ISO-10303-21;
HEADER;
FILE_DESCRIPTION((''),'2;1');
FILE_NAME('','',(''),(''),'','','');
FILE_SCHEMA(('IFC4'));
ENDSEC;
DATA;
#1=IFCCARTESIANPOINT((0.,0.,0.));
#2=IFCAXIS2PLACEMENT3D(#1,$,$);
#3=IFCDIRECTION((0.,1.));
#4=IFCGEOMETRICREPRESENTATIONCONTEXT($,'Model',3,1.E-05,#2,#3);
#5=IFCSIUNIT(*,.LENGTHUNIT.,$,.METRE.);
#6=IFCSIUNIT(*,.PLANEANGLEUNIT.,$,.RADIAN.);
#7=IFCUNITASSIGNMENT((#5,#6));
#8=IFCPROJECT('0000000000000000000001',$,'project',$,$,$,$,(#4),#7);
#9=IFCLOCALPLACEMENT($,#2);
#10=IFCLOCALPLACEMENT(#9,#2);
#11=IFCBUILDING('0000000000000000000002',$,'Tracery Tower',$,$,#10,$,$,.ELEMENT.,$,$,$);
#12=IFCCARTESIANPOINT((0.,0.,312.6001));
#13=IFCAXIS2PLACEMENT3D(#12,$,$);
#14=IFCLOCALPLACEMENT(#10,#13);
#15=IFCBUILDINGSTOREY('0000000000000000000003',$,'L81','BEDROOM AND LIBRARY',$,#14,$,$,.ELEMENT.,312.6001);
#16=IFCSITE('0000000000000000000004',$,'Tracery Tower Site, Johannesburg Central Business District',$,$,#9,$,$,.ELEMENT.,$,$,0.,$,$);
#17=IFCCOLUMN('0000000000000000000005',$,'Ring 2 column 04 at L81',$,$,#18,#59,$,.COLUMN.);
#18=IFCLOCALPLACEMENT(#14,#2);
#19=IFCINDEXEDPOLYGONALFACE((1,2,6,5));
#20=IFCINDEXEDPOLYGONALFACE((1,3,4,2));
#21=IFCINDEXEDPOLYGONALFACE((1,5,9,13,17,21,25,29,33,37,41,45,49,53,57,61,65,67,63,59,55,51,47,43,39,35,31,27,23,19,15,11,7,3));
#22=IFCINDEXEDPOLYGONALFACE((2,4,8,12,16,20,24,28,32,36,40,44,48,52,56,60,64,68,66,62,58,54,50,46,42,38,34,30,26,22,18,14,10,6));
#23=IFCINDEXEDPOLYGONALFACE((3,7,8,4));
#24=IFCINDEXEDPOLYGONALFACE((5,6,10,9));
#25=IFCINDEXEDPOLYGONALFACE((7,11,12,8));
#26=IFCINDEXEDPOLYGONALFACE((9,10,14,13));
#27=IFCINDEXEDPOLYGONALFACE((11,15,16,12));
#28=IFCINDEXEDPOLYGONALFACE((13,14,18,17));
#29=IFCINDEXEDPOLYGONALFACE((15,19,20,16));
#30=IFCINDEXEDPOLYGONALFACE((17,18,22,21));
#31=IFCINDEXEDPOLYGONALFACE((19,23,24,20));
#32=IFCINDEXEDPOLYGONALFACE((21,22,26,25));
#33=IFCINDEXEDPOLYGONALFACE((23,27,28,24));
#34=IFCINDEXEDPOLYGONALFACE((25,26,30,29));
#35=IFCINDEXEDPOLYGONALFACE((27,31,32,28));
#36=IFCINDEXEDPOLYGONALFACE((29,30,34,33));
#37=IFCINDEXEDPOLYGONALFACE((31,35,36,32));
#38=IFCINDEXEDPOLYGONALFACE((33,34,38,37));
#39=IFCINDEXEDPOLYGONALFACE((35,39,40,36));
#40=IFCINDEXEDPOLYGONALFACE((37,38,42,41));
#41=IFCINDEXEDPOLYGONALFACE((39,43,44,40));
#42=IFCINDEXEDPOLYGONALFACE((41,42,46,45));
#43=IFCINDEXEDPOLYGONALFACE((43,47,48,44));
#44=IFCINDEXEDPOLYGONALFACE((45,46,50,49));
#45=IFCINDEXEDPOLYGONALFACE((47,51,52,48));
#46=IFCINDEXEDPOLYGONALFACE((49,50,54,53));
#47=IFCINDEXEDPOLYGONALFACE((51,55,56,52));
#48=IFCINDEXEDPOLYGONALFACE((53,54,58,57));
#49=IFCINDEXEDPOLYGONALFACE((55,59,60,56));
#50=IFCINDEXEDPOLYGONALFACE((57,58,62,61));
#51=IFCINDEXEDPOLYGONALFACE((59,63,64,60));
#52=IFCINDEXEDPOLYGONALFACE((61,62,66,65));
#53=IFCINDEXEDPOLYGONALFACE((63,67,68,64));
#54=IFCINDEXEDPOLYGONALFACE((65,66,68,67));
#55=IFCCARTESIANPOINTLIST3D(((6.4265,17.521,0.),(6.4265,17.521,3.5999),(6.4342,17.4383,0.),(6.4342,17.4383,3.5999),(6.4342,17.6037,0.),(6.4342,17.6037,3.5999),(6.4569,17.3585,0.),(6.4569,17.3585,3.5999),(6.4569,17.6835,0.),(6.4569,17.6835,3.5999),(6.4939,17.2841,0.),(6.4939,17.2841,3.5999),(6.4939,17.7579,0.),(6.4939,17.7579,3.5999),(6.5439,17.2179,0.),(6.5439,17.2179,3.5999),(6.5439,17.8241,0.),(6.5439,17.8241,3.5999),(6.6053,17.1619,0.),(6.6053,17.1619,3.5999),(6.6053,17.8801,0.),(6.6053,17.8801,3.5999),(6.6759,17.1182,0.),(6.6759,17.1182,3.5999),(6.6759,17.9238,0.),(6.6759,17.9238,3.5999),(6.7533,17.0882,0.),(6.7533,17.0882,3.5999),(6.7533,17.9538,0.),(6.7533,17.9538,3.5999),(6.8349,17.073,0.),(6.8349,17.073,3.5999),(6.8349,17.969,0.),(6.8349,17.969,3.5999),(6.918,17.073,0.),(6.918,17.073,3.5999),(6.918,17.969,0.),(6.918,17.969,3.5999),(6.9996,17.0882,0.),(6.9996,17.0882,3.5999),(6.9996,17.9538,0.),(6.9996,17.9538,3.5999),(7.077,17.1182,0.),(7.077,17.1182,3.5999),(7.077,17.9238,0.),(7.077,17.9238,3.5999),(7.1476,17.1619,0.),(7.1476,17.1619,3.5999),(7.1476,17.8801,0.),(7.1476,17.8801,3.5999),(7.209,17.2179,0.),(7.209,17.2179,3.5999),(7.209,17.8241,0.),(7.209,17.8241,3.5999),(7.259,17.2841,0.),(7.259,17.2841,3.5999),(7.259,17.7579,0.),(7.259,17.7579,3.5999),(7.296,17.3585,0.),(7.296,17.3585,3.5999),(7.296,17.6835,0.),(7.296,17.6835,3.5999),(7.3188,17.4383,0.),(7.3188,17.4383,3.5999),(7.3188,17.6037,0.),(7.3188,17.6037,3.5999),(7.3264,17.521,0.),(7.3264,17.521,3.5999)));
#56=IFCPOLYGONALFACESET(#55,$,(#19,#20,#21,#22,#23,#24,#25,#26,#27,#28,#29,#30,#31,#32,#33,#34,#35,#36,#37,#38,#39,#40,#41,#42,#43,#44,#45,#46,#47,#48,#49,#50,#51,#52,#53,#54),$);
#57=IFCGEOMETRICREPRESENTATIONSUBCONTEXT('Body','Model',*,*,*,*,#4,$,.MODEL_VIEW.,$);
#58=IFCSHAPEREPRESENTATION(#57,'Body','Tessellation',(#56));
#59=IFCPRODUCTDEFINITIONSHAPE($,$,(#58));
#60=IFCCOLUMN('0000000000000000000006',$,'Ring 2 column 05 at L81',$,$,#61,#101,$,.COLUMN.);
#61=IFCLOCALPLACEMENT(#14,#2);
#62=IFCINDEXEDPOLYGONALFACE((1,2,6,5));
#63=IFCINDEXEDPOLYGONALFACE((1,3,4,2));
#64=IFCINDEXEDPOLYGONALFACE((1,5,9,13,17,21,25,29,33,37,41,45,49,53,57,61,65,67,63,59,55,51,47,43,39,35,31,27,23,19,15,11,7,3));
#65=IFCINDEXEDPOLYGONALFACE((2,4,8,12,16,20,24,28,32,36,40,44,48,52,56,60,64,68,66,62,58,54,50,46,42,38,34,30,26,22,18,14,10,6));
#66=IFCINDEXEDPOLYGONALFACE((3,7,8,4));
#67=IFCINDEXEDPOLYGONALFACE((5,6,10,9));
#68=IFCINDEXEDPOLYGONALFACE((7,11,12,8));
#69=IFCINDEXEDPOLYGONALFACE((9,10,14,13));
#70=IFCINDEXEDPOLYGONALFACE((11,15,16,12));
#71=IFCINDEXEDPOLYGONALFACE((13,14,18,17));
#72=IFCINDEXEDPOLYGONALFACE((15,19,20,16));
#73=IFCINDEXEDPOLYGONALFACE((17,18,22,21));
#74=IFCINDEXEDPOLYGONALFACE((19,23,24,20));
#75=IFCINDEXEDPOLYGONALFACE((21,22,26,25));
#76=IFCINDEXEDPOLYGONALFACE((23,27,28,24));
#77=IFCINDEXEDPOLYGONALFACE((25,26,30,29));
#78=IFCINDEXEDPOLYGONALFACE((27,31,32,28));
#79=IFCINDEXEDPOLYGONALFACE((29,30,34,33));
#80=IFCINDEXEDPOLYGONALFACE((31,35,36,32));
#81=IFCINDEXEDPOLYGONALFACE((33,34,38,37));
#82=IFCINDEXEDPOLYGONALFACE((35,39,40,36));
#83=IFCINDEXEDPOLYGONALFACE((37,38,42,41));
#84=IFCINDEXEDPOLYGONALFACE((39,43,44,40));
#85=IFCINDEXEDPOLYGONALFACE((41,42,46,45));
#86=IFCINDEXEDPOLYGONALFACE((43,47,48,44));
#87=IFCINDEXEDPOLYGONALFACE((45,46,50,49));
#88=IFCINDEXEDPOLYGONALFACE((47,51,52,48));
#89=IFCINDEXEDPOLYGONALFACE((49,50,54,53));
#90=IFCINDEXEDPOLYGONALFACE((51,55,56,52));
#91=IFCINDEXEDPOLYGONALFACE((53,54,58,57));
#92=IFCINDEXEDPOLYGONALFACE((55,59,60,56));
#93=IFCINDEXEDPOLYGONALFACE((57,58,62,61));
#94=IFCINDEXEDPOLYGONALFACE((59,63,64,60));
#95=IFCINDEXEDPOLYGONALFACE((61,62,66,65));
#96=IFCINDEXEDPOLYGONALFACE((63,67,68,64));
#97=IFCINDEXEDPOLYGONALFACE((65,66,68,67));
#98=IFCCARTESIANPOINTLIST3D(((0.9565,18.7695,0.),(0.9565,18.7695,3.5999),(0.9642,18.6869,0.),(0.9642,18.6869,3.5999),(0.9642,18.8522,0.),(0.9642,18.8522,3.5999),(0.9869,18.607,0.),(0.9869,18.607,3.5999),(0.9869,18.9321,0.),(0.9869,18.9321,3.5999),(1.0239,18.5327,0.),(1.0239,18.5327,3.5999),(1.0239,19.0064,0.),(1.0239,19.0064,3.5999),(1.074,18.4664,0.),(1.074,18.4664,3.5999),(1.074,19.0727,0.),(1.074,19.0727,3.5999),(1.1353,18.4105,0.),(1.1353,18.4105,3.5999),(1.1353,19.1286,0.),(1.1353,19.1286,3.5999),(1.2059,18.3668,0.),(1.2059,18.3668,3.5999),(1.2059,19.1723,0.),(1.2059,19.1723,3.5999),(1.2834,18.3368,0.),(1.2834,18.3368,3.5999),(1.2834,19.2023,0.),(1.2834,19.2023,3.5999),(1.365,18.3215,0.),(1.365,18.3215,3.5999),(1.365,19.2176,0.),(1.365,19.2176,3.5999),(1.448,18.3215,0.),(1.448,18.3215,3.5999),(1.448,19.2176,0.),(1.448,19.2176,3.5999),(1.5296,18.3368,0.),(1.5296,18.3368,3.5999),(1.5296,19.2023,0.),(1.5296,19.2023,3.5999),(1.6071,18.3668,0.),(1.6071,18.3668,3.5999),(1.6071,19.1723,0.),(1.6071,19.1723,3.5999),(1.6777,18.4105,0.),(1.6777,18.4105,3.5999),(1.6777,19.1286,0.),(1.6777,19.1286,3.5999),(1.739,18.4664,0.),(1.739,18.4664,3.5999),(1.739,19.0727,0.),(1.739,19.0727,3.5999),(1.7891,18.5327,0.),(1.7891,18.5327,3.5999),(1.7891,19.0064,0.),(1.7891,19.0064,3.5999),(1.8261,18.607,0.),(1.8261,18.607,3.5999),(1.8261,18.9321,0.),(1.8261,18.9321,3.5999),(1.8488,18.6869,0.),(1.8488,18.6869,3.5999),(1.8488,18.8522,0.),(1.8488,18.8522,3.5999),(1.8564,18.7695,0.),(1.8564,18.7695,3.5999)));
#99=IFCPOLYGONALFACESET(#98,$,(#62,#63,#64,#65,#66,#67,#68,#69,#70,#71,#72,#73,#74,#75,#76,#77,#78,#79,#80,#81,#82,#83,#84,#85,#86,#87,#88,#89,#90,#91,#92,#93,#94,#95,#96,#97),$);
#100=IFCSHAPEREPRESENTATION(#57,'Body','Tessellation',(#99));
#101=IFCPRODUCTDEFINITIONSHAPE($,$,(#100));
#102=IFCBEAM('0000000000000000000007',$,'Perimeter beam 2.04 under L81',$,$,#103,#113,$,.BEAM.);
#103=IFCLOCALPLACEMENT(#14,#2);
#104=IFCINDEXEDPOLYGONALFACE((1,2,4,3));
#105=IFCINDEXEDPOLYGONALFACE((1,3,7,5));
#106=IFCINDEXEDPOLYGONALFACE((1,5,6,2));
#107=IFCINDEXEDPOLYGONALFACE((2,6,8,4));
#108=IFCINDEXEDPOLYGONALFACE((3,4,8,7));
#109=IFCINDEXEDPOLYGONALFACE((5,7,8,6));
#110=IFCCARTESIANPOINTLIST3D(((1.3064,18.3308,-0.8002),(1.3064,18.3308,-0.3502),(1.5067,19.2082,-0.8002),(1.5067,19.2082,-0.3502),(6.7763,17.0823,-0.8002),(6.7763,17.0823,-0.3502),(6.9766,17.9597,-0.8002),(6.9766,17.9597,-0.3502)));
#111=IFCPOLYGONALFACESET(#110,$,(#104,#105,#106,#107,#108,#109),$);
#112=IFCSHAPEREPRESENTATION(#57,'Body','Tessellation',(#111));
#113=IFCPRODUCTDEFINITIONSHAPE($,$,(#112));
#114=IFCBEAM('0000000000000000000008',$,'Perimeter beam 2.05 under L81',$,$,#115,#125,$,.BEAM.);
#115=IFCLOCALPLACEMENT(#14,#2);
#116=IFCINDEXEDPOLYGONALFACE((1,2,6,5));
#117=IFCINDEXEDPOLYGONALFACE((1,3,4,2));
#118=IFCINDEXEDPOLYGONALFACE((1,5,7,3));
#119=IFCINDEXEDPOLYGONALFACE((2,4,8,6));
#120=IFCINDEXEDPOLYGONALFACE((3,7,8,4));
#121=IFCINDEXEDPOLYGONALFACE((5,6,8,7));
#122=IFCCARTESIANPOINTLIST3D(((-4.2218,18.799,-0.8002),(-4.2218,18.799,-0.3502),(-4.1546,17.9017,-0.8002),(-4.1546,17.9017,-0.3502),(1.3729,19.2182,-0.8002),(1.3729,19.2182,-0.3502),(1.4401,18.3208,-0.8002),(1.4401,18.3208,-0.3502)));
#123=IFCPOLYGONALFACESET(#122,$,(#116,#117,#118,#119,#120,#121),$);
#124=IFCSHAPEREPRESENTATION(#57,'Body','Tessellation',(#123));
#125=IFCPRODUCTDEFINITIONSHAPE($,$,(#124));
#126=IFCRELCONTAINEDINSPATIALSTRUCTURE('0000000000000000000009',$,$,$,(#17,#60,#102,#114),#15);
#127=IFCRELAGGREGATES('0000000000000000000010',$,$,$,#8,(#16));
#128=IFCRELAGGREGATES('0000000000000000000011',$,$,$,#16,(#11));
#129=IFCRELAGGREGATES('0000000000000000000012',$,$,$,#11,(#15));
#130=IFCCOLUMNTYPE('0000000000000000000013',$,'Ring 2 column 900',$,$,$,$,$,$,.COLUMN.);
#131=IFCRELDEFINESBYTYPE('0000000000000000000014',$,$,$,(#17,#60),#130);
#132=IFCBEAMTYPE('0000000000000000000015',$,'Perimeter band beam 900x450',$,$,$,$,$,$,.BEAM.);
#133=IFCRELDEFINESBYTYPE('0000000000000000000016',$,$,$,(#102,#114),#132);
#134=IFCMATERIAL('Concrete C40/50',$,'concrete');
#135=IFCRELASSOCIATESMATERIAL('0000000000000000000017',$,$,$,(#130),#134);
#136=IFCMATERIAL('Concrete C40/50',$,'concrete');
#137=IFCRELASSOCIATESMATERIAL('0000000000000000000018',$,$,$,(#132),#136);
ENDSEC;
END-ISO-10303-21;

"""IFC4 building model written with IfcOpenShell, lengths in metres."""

from ifc_helpers import new_model, si_unit, direction, frame, origin, origin_2d, place, context, subcontext, project, spatial, rectangle, circle, extrude, material, material_profile, profile_set, type_object, element, save


model = new_model("IFC4")

# Units and contexts
model_context = context("Model", 3, precision=1e-05, world=origin(), true_north=direction((0.0, 1.0)))
body_context = subcontext(model_context, "Body", "Model", "MODEL_VIEW")
ifc_project = project(units=[si_unit("LENGTHUNIT", "METRE"), si_unit("PLANEANGLEUNIT", "RADIAN")], contexts=[model_context])

# Site, building, storey
site_placement = place(None, origin())
site = spatial("IfcSite", under=ifc_project, at=site_placement, Name="Tracery Tower Site, Johannesburg Central Business District", CompositionType="ELEMENT", RefElevation=0.0)
building_placement = place(site_placement, origin())
building = spatial("IfcBuilding", under=site, at=building_placement, Name="Tracery Tower", CompositionType="ELEMENT")
storey_placement = place(building_placement, frame((0.0, 0.0, 312.6001)))
storey = spatial("IfcBuildingStorey", under=building, at=storey_placement, Name="L81", Description="BEDROOM AND LIBRARY", CompositionType="ELEMENT", Elevation=312.6001)

# Columns
ifc_material_1 = material(Name="Concrete C40/50", Category="concrete")
ifc_material_profile_1 = material_profile(ifc_material_1, circle(Radius=0.45, at=origin_2d()), Name="RC D900")
ifc_profile_set_1 = profile_set([ifc_material_profile_1], Name="Concrete C40/50")
column_type = type_object("IfcColumnType", Name="Ring 2 column 900", PredefinedType="COLUMN", material=ifc_profile_set_1)
for number, where, z_axis, x_axis, name in (
    (1, (6.8765, 17.521, 0.0), (0.0, 0.0, 1.0), (1.0, 0.0, 0.0), "Ring 2 column 04 at L81"),
    (2, (1.4065, 18.7695, 0.0), (0.0, 0.0, 1.0), (1.0, 0.0, 0.0), "Ring 2 column 05 at L81"),
):
    element("IfcColumn", number, at=place(storey_placement, frame(where, z_axis=z_axis, x_axis=x_axis)), inside=storey, type_object=column_type, Name=name, PredefinedType="COLUMN", context=body_context, shape_type="SweptSolid", body=[
        extrude(circle(Radius=0.45, at=origin_2d()), origin(), (0.0, 0.0, 1.0), 3.5999),
    ])

# Beams
ifc_material_2 = material(Name="Concrete C40/50", Category="concrete")
ifc_material_profile_2 = material_profile(ifc_material_2, rectangle(XDim=0.8999, YDim=0.45, at=origin_2d()), Name="RC 900x450")
ifc_profile_set_2 = profile_set([ifc_material_profile_2], Name="Concrete C40/50")
beam_type = type_object("IfcBeamType", Name="Perimeter band beam 900x450", PredefinedType="BEAM", material=ifc_profile_set_2)
beam_1_placement = place(storey_placement, frame((6.8765, 17.521, -0.5752), z_axis=(-0.974926, 0.222529, 0.0), x_axis=(-0.222529, -0.974926, 0.0)))
element("IfcBeam", 3, at=beam_1_placement, inside=storey, type_object=beam_type, Name="Perimeter beam 2.04 under L81", PredefinedType="BEAM", context=body_context, shape_type="SweptSolid", body=[
    extrude(rectangle(XDim=0.8999, YDim=0.45, at=origin_2d()), origin(), (0.0, 0.0, 1.0), 5.6106),
])
beam_2_placement = place(storey_placement, frame((1.4065, 18.7695, -0.5752), z_axis=(-0.997205, -0.074716, 0.0), x_axis=(0.074716, -0.997205, 0.0)))
element("IfcBeam", 4, at=beam_2_placement, inside=storey, type_object=beam_type, Name="Perimeter beam 2.05 under L81", PredefinedType="BEAM", context=body_context, shape_type="SweptSolid", body=[
    extrude(rectangle(XDim=0.8999, YDim=0.45, at=origin_2d()), origin(), (0.0, 0.0, 1.0), 5.6104),
])

save(model, "model.ifc")
